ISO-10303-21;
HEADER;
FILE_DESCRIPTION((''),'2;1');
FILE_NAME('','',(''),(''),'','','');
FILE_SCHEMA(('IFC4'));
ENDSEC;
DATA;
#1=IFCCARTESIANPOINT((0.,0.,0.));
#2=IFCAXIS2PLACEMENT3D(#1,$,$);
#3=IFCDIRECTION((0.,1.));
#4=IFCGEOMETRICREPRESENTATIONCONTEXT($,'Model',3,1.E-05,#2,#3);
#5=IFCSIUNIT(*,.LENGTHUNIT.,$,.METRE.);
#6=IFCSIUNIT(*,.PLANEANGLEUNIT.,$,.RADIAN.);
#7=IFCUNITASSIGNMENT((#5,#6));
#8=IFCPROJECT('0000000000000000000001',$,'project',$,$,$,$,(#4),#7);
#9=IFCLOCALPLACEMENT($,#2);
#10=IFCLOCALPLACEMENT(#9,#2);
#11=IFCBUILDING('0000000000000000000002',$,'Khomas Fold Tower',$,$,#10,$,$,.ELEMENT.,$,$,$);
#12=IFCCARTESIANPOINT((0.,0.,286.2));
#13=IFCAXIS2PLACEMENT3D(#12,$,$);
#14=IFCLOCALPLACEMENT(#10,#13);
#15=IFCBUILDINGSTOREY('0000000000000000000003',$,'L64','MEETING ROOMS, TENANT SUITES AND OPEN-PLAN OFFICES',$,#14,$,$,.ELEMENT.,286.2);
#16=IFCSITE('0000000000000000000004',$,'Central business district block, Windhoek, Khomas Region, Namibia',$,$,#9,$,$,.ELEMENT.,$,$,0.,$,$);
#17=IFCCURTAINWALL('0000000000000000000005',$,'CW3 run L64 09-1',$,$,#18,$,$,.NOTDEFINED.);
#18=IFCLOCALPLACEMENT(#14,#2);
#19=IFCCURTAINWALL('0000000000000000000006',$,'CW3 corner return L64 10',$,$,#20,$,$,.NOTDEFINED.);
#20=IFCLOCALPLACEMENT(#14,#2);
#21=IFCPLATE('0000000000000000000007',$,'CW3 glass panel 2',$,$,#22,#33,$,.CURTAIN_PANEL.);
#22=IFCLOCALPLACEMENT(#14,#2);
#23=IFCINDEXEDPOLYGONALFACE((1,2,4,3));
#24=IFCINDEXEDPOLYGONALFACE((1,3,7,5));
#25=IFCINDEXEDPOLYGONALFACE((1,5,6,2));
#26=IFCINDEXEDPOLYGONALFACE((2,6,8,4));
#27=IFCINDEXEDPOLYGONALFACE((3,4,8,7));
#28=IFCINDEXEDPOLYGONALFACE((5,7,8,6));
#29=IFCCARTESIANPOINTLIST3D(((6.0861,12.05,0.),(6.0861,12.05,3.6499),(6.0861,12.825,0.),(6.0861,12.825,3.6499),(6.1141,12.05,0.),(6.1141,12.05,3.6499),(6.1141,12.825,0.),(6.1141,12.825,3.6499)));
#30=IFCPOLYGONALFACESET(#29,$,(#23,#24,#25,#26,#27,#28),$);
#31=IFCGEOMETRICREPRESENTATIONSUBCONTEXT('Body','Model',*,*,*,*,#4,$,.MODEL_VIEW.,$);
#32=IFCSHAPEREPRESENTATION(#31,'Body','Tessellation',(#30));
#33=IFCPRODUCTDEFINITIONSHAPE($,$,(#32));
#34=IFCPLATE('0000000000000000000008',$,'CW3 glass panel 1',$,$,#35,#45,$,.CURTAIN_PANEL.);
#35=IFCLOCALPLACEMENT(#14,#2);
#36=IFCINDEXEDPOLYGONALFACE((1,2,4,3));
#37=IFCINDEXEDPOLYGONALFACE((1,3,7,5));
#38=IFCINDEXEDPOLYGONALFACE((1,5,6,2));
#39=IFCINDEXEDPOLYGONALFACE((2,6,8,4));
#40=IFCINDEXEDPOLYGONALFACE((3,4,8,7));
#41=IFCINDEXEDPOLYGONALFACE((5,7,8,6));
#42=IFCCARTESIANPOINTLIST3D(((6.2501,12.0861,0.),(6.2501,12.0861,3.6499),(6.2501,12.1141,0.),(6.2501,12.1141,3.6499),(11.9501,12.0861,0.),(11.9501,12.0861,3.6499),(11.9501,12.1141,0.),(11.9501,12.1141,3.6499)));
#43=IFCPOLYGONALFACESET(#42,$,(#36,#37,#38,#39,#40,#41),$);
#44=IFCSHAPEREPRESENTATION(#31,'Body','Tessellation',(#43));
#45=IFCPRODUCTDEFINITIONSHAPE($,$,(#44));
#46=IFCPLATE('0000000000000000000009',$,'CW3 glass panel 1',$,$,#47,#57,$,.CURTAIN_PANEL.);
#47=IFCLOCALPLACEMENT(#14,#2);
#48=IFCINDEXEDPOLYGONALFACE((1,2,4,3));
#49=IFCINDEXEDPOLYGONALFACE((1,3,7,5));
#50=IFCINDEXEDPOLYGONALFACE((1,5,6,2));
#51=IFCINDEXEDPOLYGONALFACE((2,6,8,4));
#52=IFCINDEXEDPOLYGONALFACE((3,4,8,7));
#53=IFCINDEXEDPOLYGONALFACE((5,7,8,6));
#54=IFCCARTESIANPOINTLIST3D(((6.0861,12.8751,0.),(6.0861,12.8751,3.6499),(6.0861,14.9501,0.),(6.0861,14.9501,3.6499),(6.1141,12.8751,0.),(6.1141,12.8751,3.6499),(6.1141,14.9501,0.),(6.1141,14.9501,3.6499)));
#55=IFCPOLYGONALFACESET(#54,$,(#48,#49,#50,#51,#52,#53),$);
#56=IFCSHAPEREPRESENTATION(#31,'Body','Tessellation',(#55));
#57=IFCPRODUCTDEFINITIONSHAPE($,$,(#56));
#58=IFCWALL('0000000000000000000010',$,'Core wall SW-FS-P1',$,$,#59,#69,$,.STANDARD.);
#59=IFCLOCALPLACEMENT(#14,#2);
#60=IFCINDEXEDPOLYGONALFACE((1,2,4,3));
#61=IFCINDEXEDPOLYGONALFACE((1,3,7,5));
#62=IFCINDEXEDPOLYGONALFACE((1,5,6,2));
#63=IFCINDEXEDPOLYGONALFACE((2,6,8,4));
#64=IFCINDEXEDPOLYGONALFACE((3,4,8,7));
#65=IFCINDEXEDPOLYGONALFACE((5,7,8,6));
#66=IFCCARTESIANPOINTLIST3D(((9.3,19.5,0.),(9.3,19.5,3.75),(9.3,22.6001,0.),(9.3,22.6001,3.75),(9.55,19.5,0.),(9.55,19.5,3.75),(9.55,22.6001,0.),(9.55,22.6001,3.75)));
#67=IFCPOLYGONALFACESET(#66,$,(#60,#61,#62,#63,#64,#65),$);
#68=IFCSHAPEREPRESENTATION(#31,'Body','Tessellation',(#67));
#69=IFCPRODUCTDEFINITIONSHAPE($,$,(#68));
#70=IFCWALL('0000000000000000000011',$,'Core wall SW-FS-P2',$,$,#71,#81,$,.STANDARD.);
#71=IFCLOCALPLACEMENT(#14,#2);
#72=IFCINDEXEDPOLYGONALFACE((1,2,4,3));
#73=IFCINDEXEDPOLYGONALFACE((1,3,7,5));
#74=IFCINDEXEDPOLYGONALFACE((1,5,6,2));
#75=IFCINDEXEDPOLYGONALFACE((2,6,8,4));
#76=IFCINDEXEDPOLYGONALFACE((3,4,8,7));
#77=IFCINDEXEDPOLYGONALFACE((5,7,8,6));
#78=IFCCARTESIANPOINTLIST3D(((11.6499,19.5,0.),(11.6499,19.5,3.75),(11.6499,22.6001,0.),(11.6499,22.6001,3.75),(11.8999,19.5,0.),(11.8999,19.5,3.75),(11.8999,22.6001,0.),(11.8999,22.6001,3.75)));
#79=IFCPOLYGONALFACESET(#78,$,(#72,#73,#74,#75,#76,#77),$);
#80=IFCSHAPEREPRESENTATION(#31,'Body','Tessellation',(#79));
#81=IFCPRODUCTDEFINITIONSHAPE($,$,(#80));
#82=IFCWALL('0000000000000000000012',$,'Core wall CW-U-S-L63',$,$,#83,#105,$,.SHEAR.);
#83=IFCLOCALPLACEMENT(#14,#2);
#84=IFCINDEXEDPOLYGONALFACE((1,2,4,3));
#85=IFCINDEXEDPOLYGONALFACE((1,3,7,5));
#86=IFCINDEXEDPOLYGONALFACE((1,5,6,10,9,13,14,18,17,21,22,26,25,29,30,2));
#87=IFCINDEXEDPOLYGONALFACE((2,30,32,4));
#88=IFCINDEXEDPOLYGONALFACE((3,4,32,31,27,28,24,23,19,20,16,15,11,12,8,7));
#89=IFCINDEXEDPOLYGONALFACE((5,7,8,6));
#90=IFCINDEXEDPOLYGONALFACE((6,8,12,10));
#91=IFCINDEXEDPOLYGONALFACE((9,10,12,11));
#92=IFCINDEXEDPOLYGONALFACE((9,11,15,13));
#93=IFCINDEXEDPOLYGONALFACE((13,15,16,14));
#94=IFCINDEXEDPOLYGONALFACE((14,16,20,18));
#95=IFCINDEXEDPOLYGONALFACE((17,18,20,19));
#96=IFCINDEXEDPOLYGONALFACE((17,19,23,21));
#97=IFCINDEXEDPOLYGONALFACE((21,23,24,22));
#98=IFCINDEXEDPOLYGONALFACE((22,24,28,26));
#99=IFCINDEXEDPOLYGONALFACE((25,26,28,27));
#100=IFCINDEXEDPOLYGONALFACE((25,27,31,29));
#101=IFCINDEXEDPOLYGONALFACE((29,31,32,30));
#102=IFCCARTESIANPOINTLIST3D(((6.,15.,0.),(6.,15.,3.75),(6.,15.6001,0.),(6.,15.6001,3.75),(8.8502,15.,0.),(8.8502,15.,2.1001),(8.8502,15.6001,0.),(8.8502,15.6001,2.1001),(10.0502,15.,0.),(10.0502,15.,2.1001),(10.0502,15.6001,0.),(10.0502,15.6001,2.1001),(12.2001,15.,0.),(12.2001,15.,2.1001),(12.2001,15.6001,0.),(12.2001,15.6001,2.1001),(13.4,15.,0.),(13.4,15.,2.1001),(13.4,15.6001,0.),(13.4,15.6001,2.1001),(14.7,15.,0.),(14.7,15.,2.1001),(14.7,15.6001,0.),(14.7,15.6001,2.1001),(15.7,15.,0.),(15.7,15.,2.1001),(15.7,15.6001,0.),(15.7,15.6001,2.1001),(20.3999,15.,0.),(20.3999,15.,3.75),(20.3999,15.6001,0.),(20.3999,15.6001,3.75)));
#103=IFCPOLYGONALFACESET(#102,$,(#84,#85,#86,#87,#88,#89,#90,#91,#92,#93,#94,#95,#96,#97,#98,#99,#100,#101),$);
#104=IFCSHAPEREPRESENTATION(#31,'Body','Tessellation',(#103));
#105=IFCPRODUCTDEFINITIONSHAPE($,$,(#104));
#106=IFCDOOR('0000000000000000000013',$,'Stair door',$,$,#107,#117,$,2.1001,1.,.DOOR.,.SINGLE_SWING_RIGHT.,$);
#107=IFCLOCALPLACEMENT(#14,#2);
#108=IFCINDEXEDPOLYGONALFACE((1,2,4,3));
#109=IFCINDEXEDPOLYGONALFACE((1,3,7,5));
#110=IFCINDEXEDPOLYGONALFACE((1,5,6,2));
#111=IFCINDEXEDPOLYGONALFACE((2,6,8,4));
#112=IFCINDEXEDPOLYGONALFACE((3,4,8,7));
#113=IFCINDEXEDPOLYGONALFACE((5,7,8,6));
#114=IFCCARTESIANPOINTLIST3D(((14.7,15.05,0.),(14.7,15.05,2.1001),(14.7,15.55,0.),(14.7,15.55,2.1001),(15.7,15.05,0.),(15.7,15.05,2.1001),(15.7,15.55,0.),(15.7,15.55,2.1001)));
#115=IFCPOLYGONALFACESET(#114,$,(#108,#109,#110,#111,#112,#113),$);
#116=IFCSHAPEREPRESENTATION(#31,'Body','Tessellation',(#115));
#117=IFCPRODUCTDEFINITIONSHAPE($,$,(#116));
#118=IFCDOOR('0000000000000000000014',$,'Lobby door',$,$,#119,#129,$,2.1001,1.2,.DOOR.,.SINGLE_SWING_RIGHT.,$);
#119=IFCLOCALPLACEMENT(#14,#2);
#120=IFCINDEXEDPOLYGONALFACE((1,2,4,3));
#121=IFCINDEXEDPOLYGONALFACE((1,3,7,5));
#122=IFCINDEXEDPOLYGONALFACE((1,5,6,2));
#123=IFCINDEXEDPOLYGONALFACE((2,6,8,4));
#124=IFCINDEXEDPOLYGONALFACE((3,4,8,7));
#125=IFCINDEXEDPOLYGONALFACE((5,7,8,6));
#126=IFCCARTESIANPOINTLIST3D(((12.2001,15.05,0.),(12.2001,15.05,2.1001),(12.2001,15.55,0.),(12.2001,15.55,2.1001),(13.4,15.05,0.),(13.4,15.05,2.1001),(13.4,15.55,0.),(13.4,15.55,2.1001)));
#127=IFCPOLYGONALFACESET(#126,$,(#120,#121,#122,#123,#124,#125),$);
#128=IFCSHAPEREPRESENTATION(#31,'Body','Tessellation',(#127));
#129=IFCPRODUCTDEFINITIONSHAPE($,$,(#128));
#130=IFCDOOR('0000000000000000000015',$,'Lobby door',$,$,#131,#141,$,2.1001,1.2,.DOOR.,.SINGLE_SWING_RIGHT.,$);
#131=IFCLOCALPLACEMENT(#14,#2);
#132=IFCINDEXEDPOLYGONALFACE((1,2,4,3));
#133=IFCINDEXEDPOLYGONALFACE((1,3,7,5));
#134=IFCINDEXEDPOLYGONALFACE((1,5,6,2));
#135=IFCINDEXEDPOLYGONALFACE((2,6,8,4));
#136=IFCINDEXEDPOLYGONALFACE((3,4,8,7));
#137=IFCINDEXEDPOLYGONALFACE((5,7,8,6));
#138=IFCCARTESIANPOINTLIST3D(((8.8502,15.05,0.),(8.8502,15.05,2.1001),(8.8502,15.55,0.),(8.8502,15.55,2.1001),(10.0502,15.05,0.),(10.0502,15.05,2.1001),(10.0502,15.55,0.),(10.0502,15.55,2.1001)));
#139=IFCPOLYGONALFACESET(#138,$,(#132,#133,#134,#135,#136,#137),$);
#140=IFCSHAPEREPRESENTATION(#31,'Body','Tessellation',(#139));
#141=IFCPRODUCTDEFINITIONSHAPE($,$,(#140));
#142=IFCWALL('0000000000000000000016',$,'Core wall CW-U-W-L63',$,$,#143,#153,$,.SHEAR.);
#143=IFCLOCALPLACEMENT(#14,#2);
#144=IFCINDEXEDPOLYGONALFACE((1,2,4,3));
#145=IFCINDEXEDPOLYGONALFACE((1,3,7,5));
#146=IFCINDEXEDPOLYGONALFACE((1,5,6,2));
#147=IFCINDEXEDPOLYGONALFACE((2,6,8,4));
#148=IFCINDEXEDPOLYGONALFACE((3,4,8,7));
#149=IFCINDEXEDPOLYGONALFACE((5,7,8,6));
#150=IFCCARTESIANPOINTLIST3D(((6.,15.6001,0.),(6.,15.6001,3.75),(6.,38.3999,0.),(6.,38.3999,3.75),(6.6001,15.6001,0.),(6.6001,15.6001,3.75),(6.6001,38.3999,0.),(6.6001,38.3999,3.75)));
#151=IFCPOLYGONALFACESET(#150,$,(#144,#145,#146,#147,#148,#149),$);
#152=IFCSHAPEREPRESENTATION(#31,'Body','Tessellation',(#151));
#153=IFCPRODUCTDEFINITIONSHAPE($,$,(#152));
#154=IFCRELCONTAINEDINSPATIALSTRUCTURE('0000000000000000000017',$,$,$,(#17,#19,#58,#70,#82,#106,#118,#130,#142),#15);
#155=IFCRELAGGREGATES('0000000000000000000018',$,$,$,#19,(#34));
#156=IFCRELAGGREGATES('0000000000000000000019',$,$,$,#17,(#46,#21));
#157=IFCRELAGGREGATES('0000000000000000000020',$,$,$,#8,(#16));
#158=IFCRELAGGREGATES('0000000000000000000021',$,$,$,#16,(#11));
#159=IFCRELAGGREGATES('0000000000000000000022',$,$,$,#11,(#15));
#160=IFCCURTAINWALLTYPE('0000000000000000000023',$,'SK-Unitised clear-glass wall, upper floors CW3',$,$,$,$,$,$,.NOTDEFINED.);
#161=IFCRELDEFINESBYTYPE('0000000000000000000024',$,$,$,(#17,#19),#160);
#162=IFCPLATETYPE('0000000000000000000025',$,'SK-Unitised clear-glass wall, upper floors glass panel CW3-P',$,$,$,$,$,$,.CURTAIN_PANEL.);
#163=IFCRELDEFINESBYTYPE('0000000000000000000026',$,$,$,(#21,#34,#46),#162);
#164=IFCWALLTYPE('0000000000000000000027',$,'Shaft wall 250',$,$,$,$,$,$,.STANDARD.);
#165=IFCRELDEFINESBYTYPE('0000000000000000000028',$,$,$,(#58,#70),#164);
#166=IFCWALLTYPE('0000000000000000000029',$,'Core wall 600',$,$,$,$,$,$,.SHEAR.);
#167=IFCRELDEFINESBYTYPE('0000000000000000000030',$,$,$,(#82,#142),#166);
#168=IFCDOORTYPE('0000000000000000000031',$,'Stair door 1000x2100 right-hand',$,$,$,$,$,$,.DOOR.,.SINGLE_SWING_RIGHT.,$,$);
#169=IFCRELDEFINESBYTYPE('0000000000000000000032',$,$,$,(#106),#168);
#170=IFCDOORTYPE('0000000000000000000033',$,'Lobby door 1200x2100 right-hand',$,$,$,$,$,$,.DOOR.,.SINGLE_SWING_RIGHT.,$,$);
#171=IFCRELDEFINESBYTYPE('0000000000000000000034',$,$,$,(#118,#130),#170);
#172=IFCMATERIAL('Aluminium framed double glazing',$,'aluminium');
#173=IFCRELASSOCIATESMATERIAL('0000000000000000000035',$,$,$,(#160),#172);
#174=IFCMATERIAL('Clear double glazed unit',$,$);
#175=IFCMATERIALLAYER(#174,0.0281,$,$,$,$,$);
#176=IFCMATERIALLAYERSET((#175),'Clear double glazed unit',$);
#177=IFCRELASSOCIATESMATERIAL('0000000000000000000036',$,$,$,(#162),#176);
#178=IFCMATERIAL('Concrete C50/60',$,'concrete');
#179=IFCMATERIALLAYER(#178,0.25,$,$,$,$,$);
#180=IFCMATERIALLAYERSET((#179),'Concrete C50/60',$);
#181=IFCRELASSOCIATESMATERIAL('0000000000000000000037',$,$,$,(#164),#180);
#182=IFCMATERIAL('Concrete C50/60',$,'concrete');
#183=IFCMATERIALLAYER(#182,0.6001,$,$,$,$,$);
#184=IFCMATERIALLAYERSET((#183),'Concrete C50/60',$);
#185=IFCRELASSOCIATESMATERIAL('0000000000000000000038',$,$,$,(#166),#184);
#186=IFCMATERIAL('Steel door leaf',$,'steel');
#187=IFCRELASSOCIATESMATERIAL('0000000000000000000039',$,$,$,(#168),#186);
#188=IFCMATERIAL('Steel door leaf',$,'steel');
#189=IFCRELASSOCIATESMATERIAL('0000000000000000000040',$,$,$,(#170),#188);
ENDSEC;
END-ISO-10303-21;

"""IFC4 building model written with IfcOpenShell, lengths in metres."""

from ifc_helpers import new_model, si_unit, direction, frame, frame_2d, origin, origin_2d, place, context, subcontext, project, spatial, rectangle, extrude, source, transform, mapped, material, layer, layer_set, type_object, element, fill, aggregate, save


model = new_model("IFC4")

# Units and contexts
model_context = context("Model", 3, precision=1e-05, world=origin(), true_north=direction((0.0, 1.0)))
body_context = subcontext(model_context, "Body", "Model", "MODEL_VIEW")
ifc_project = project(units=[si_unit("LENGTHUNIT", "METRE"), si_unit("PLANEANGLEUNIT", "RADIAN")], contexts=[model_context])

# Site, building, storey
site_placement = place(None, origin())
site = spatial("IfcSite", under=ifc_project, at=site_placement, Name="Central business district block, Windhoek, Khomas Region, Namibia", CompositionType="ELEMENT", RefElevation=0.0)
building_placement = place(site_placement, origin())
building = spatial("IfcBuilding", under=site, at=building_placement, Name="Khomas Fold Tower", CompositionType="ELEMENT")
storey_placement = place(building_placement, frame((0.0, 0.0, 286.2)))
storey = spatial("IfcBuildingStorey", under=building, at=storey_placement, Name="L64", Description="MEETING ROOMS, TENANT SUITES AND OPEN-PLAN OFFICES", CompositionType="ELEMENT", Elevation=286.2)

# Curtain walls
ifc_material_1 = material(Name="Aluminium framed double glazing", Category="aluminium")
curtain_wall_type = type_object("IfcCurtainWallType", Name="SK-Unitised clear-glass wall, upper floors CW3", PredefinedType="NOTDEFINED", material=ifc_material_1)
curtain_wall_1_placement = place(storey_placement, origin())
curtain_wall_1 = element("IfcCurtainWall", 1, at=curtain_wall_1_placement, inside=storey, type_object=curtain_wall_type, Name="CW3 run L64 09-1", PredefinedType="NOTDEFINED")
curtain_wall_2_placement = place(storey_placement, origin())
curtain_wall_2 = element("IfcCurtainWall", 2, at=curtain_wall_2_placement, inside=storey, type_object=curtain_wall_type, Name="CW3 corner return L64 10", PredefinedType="NOTDEFINED")

# Plates
ifc_material_2 = material(Name="Clear double glazed unit")
ifc_layer_1 = layer(ifc_material_2, 0.0281)
ifc_layer_set_1 = layer_set([ifc_layer_1], Name="Clear double glazed unit")
plate_type = type_object("IfcPlateType", Name="SK-Unitised clear-glass wall, upper floors glass panel CW3-P", PredefinedType="CURTAIN_PANEL", material=ifc_layer_set_1)
shared_shape_1 = source(origin(), body_context, "Body", "SweptSolid", [
    extrude(rectangle(XDim=0.7749, YDim=0.0281, at=origin_2d()), origin(), (0.0, 0.0, 1.0), 3.6499),
])
plate_1_placement = place(storey_placement, frame((6.1001, 12.4375, 0.0), z_axis=(0.0, 0.0, 1.0), x_axis=(0.0, -1.0, 0.0)))
plate_1 = element("IfcPlate", 3, at=plate_1_placement, type_object=plate_type, Name="CW3 glass panel 2", PredefinedType="CURTAIN_PANEL", context=body_context, shape_type="MappedRepresentation", body=[
    mapped(shared_shape_1, transform((0.0, 0.0, 0.0))),
])
shared_shape_2 = source(origin(), body_context, "Body", "SweptSolid", [
    extrude(rectangle(XDim=5.7, YDim=0.0281, at=origin_2d()), origin(), (0.0, 0.0, 1.0), 3.6499),
])
plate_2_placement = place(storey_placement, frame((9.1001, 12.1001, 0.0), z_axis=(0.0, 0.0, 1.0), x_axis=(1.0, 0.0, 0.0)))
plate_2 = element("IfcPlate", 4, at=plate_2_placement, type_object=plate_type, Name="CW3 glass panel 1", PredefinedType="CURTAIN_PANEL", context=body_context, shape_type="MappedRepresentation", body=[
    mapped(shared_shape_2, transform((0.0, 0.0, 0.0))),
])
aggregate(curtain_wall_2, [plate_2])
shared_shape_3 = source(origin(), body_context, "Body", "SweptSolid", [
    extrude(rectangle(XDim=2.075, YDim=0.0281, at=origin_2d()), origin(), (0.0, 0.0, 1.0), 3.6499),
])
plate_3_placement = place(storey_placement, frame((6.1001, 13.9126, 0.0), z_axis=(0.0, 0.0, 1.0), x_axis=(0.0, -1.0, 0.0)))
plate_3 = element("IfcPlate", 5, at=plate_3_placement, type_object=plate_type, Name="CW3 glass panel 1", PredefinedType="CURTAIN_PANEL", context=body_context, shape_type="MappedRepresentation", body=[
    mapped(shared_shape_3, transform((0.0, 0.0, 0.0))),
])
aggregate(curtain_wall_1, [plate_3, plate_1])

# Walls
ifc_material_3 = material(Name="Concrete C50/60", Category="concrete")
ifc_layer_2 = layer(ifc_material_3, 0.25)
ifc_layer_set_2 = layer_set([ifc_layer_2], Name="Concrete C50/60")
wall_type_1 = type_object("IfcWallType", Name="Shaft wall 250", PredefinedType="STANDARD", material=ifc_layer_set_2)
shared_shape_4 = source(origin(), body_context, "Body", "SweptSolid", [
    extrude(rectangle(XDim=3.1001, YDim=0.25, at=frame_2d((1.55, 0.0))), origin(), (0.0, 0.0, 1.0), 3.75),
])
for number, where, z_axis, x_axis, name in (
    (6, (9.425, 19.5, 0.0), (0.0, 0.0, 1.0), (0.0, 1.0, 0.0), "Core wall SW-FS-P1"),
    (7, (11.7749, 19.5, 0.0), (0.0, 0.0, 1.0), (0.0, 1.0, 0.0), "Core wall SW-FS-P2"),
):
    element("IfcWall", number, at=place(storey_placement, frame(where, z_axis=z_axis, x_axis=x_axis)), inside=storey, type_object=wall_type_1, Name=name, PredefinedType="STANDARD", context=body_context, shape_type="MappedRepresentation", body=[
        mapped(shared_shape_4, transform((0.0, 0.0, 0.0))),
    ])

# Wall, openings, doors
ifc_material_4 = material(Name="Concrete C50/60", Category="concrete")
ifc_layer_3 = layer(ifc_material_4, 0.6001)
ifc_layer_set_3 = layer_set([ifc_layer_3], Name="Concrete C50/60")
wall_type_2 = type_object("IfcWallType", Name="Core wall 600", PredefinedType="SHEAR", material=ifc_layer_set_3)
shared_shape_5 = source(origin(), body_context, "Body", "SweptSolid", [
    extrude(rectangle(XDim=14.3999, YDim=0.6001, at=frame_2d((7.2, 0.0))), origin(), (0.0, 0.0, 1.0), 3.75),
])
wall_1_placement = place(storey_placement, frame((6.0, 15.3, 0.0), z_axis=(0.0, 0.0, 1.0), x_axis=(1.0, 0.0, 0.0)))
wall_1 = element("IfcWall", 8, at=wall_1_placement, inside=storey, type_object=wall_type_2, Name="Core wall CW-U-S-L63", PredefinedType="SHEAR", context=body_context, shape_type="MappedRepresentation", body=[
    mapped(shared_shape_5, transform((0.0, 0.0, 0.0))),
])
shared_shape_6 = source(origin(), body_context, "Body", "SweptSolid", [
    extrude(rectangle(XDim=1.2, YDim=2.1001, at=frame_2d((0.6001, 1.05))), frame((0.0, 0.3101, 0.0), z_axis=(0.0, -1.0, 0.0), x_axis=(1.0, 0.0, 0.0)), (0.0, 0.0, 1.0), 0.6201),
])
opening_1_placement = place(wall_1_placement, frame((6.2, 0.0, 0.0)))
opening_1 = element("IfcOpeningElement", 9, at=opening_1_placement, cuts=wall_1, PredefinedType="OPENING", context=body_context, shape_type="MappedRepresentation", body=[
    mapped(shared_shape_6, transform((0.0, 0.0, 0.0))),
])
opening_2_placement = place(wall_1_placement, frame((2.8501, 0.0, 0.0)))
opening_2 = element("IfcOpeningElement", 10, at=opening_2_placement, cuts=wall_1, PredefinedType="OPENING", context=body_context, shape_type="MappedRepresentation", body=[
    mapped(shared_shape_6, transform((0.0, 0.0, 0.0))),
])
shared_shape_7 = source(origin(), body_context, "Body", "SweptSolid", [
    extrude(rectangle(XDim=1.0, YDim=2.1001, at=frame_2d((0.5, 1.05))), frame((0.0, 0.3101, 0.0), z_axis=(0.0, -1.0, 0.0), x_axis=(1.0, 0.0, 0.0)), (0.0, 0.0, 1.0), 0.6201),
])
opening_3_placement = place(wall_1_placement, frame((8.7, 0.0, 0.0)))
opening_3 = element("IfcOpeningElement", 11, at=opening_3_placement, cuts=wall_1, PredefinedType="OPENING", context=body_context, shape_type="MappedRepresentation", body=[
    mapped(shared_shape_7, transform((0.0, 0.0, 0.0))),
])
ifc_material_5 = material(Name="Steel door leaf", Category="steel")
door_type_1 = type_object("IfcDoorType", Name="Stair door 1000x2100 right-hand", OperationType="SINGLE_SWING_RIGHT", PredefinedType="DOOR", material=ifc_material_5)
shared_shape_8 = source(origin(), body_context, "Body", "SweptSolid", [
    extrude(rectangle(XDim=1.0, YDim=2.1001, at=frame_2d((0.5, 1.05))), frame((0.0, 0.25, 0.0), z_axis=(0.0, -1.0, 0.0), x_axis=(1.0, 0.0, 0.0)), (0.0, 0.0, 1.0), 0.5),
])
door_1_placement = place(opening_3_placement, origin())
door_1 = element("IfcDoor", 12, at=door_1_placement, inside=storey, type_object=door_type_1, Name="Stair door", OperationType="SINGLE_SWING_RIGHT", OverallHeight=2.1001, OverallWidth=1.0, PredefinedType="DOOR", context=body_context, shape_type="MappedRepresentation", body=[
    mapped(shared_shape_8, transform((0.0, 0.0, 0.0))),
])
fill(opening_3, door_1)
ifc_material_6 = material(Name="Steel door leaf", Category="steel")
door_type_2 = type_object("IfcDoorType", Name="Lobby door 1200x2100 right-hand", OperationType="SINGLE_SWING_RIGHT", PredefinedType="DOOR", material=ifc_material_6)
shared_shape_9 = source(origin(), body_context, "Body", "SweptSolid", [
    extrude(rectangle(XDim=1.2, YDim=2.1001, at=frame_2d((0.6001, 1.05))), frame((0.0, 0.25, 0.0), z_axis=(0.0, -1.0, 0.0), x_axis=(1.0, 0.0, 0.0)), (0.0, 0.0, 1.0), 0.5),
])
door_2_placement = place(opening_1_placement, origin())
door_2 = element("IfcDoor", 13, at=door_2_placement, inside=storey, type_object=door_type_2, Name="Lobby door", OperationType="SINGLE_SWING_RIGHT", OverallHeight=2.1001, OverallWidth=1.2, PredefinedType="DOOR", context=body_context, shape_type="MappedRepresentation", body=[
    mapped(shared_shape_9, transform((0.0, 0.0, 0.0))),
])
fill(opening_1, door_2)
door_3_placement = place(opening_2_placement, origin())
door_3 = element("IfcDoor", 14, at=door_3_placement, inside=storey, type_object=door_type_2, Name="Lobby door", OperationType="SINGLE_SWING_RIGHT", OverallHeight=2.1001, OverallWidth=1.2, PredefinedType="DOOR", context=body_context, shape_type="MappedRepresentation", body=[
    mapped(shared_shape_9, transform((0.0, 0.0, 0.0))),
])
fill(opening_2, door_3)

# Wall
shared_shape_10 = source(origin(), body_context, "Body", "SweptSolid", [
    extrude(rectangle(XDim=22.7998, YDim=0.6001, at=frame_2d((11.3999, 0.0))), origin(), (0.0, 0.0, 1.0), 3.75),
])
wall_2_placement = place(storey_placement, frame((6.3, 15.6001, 0.0), z_axis=(0.0, 0.0, 1.0), x_axis=(0.0, 1.0, 0.0)))
element("IfcWall", 15, at=wall_2_placement, inside=storey, type_object=wall_type_2, Name="Core wall CW-U-W-L63", PredefinedType="SHEAR", context=body_context, shape_type="MappedRepresentation", body=[
    mapped(shared_shape_10, transform((0.0, 0.0, 0.0))),
])

save(model, "model.ifc")
